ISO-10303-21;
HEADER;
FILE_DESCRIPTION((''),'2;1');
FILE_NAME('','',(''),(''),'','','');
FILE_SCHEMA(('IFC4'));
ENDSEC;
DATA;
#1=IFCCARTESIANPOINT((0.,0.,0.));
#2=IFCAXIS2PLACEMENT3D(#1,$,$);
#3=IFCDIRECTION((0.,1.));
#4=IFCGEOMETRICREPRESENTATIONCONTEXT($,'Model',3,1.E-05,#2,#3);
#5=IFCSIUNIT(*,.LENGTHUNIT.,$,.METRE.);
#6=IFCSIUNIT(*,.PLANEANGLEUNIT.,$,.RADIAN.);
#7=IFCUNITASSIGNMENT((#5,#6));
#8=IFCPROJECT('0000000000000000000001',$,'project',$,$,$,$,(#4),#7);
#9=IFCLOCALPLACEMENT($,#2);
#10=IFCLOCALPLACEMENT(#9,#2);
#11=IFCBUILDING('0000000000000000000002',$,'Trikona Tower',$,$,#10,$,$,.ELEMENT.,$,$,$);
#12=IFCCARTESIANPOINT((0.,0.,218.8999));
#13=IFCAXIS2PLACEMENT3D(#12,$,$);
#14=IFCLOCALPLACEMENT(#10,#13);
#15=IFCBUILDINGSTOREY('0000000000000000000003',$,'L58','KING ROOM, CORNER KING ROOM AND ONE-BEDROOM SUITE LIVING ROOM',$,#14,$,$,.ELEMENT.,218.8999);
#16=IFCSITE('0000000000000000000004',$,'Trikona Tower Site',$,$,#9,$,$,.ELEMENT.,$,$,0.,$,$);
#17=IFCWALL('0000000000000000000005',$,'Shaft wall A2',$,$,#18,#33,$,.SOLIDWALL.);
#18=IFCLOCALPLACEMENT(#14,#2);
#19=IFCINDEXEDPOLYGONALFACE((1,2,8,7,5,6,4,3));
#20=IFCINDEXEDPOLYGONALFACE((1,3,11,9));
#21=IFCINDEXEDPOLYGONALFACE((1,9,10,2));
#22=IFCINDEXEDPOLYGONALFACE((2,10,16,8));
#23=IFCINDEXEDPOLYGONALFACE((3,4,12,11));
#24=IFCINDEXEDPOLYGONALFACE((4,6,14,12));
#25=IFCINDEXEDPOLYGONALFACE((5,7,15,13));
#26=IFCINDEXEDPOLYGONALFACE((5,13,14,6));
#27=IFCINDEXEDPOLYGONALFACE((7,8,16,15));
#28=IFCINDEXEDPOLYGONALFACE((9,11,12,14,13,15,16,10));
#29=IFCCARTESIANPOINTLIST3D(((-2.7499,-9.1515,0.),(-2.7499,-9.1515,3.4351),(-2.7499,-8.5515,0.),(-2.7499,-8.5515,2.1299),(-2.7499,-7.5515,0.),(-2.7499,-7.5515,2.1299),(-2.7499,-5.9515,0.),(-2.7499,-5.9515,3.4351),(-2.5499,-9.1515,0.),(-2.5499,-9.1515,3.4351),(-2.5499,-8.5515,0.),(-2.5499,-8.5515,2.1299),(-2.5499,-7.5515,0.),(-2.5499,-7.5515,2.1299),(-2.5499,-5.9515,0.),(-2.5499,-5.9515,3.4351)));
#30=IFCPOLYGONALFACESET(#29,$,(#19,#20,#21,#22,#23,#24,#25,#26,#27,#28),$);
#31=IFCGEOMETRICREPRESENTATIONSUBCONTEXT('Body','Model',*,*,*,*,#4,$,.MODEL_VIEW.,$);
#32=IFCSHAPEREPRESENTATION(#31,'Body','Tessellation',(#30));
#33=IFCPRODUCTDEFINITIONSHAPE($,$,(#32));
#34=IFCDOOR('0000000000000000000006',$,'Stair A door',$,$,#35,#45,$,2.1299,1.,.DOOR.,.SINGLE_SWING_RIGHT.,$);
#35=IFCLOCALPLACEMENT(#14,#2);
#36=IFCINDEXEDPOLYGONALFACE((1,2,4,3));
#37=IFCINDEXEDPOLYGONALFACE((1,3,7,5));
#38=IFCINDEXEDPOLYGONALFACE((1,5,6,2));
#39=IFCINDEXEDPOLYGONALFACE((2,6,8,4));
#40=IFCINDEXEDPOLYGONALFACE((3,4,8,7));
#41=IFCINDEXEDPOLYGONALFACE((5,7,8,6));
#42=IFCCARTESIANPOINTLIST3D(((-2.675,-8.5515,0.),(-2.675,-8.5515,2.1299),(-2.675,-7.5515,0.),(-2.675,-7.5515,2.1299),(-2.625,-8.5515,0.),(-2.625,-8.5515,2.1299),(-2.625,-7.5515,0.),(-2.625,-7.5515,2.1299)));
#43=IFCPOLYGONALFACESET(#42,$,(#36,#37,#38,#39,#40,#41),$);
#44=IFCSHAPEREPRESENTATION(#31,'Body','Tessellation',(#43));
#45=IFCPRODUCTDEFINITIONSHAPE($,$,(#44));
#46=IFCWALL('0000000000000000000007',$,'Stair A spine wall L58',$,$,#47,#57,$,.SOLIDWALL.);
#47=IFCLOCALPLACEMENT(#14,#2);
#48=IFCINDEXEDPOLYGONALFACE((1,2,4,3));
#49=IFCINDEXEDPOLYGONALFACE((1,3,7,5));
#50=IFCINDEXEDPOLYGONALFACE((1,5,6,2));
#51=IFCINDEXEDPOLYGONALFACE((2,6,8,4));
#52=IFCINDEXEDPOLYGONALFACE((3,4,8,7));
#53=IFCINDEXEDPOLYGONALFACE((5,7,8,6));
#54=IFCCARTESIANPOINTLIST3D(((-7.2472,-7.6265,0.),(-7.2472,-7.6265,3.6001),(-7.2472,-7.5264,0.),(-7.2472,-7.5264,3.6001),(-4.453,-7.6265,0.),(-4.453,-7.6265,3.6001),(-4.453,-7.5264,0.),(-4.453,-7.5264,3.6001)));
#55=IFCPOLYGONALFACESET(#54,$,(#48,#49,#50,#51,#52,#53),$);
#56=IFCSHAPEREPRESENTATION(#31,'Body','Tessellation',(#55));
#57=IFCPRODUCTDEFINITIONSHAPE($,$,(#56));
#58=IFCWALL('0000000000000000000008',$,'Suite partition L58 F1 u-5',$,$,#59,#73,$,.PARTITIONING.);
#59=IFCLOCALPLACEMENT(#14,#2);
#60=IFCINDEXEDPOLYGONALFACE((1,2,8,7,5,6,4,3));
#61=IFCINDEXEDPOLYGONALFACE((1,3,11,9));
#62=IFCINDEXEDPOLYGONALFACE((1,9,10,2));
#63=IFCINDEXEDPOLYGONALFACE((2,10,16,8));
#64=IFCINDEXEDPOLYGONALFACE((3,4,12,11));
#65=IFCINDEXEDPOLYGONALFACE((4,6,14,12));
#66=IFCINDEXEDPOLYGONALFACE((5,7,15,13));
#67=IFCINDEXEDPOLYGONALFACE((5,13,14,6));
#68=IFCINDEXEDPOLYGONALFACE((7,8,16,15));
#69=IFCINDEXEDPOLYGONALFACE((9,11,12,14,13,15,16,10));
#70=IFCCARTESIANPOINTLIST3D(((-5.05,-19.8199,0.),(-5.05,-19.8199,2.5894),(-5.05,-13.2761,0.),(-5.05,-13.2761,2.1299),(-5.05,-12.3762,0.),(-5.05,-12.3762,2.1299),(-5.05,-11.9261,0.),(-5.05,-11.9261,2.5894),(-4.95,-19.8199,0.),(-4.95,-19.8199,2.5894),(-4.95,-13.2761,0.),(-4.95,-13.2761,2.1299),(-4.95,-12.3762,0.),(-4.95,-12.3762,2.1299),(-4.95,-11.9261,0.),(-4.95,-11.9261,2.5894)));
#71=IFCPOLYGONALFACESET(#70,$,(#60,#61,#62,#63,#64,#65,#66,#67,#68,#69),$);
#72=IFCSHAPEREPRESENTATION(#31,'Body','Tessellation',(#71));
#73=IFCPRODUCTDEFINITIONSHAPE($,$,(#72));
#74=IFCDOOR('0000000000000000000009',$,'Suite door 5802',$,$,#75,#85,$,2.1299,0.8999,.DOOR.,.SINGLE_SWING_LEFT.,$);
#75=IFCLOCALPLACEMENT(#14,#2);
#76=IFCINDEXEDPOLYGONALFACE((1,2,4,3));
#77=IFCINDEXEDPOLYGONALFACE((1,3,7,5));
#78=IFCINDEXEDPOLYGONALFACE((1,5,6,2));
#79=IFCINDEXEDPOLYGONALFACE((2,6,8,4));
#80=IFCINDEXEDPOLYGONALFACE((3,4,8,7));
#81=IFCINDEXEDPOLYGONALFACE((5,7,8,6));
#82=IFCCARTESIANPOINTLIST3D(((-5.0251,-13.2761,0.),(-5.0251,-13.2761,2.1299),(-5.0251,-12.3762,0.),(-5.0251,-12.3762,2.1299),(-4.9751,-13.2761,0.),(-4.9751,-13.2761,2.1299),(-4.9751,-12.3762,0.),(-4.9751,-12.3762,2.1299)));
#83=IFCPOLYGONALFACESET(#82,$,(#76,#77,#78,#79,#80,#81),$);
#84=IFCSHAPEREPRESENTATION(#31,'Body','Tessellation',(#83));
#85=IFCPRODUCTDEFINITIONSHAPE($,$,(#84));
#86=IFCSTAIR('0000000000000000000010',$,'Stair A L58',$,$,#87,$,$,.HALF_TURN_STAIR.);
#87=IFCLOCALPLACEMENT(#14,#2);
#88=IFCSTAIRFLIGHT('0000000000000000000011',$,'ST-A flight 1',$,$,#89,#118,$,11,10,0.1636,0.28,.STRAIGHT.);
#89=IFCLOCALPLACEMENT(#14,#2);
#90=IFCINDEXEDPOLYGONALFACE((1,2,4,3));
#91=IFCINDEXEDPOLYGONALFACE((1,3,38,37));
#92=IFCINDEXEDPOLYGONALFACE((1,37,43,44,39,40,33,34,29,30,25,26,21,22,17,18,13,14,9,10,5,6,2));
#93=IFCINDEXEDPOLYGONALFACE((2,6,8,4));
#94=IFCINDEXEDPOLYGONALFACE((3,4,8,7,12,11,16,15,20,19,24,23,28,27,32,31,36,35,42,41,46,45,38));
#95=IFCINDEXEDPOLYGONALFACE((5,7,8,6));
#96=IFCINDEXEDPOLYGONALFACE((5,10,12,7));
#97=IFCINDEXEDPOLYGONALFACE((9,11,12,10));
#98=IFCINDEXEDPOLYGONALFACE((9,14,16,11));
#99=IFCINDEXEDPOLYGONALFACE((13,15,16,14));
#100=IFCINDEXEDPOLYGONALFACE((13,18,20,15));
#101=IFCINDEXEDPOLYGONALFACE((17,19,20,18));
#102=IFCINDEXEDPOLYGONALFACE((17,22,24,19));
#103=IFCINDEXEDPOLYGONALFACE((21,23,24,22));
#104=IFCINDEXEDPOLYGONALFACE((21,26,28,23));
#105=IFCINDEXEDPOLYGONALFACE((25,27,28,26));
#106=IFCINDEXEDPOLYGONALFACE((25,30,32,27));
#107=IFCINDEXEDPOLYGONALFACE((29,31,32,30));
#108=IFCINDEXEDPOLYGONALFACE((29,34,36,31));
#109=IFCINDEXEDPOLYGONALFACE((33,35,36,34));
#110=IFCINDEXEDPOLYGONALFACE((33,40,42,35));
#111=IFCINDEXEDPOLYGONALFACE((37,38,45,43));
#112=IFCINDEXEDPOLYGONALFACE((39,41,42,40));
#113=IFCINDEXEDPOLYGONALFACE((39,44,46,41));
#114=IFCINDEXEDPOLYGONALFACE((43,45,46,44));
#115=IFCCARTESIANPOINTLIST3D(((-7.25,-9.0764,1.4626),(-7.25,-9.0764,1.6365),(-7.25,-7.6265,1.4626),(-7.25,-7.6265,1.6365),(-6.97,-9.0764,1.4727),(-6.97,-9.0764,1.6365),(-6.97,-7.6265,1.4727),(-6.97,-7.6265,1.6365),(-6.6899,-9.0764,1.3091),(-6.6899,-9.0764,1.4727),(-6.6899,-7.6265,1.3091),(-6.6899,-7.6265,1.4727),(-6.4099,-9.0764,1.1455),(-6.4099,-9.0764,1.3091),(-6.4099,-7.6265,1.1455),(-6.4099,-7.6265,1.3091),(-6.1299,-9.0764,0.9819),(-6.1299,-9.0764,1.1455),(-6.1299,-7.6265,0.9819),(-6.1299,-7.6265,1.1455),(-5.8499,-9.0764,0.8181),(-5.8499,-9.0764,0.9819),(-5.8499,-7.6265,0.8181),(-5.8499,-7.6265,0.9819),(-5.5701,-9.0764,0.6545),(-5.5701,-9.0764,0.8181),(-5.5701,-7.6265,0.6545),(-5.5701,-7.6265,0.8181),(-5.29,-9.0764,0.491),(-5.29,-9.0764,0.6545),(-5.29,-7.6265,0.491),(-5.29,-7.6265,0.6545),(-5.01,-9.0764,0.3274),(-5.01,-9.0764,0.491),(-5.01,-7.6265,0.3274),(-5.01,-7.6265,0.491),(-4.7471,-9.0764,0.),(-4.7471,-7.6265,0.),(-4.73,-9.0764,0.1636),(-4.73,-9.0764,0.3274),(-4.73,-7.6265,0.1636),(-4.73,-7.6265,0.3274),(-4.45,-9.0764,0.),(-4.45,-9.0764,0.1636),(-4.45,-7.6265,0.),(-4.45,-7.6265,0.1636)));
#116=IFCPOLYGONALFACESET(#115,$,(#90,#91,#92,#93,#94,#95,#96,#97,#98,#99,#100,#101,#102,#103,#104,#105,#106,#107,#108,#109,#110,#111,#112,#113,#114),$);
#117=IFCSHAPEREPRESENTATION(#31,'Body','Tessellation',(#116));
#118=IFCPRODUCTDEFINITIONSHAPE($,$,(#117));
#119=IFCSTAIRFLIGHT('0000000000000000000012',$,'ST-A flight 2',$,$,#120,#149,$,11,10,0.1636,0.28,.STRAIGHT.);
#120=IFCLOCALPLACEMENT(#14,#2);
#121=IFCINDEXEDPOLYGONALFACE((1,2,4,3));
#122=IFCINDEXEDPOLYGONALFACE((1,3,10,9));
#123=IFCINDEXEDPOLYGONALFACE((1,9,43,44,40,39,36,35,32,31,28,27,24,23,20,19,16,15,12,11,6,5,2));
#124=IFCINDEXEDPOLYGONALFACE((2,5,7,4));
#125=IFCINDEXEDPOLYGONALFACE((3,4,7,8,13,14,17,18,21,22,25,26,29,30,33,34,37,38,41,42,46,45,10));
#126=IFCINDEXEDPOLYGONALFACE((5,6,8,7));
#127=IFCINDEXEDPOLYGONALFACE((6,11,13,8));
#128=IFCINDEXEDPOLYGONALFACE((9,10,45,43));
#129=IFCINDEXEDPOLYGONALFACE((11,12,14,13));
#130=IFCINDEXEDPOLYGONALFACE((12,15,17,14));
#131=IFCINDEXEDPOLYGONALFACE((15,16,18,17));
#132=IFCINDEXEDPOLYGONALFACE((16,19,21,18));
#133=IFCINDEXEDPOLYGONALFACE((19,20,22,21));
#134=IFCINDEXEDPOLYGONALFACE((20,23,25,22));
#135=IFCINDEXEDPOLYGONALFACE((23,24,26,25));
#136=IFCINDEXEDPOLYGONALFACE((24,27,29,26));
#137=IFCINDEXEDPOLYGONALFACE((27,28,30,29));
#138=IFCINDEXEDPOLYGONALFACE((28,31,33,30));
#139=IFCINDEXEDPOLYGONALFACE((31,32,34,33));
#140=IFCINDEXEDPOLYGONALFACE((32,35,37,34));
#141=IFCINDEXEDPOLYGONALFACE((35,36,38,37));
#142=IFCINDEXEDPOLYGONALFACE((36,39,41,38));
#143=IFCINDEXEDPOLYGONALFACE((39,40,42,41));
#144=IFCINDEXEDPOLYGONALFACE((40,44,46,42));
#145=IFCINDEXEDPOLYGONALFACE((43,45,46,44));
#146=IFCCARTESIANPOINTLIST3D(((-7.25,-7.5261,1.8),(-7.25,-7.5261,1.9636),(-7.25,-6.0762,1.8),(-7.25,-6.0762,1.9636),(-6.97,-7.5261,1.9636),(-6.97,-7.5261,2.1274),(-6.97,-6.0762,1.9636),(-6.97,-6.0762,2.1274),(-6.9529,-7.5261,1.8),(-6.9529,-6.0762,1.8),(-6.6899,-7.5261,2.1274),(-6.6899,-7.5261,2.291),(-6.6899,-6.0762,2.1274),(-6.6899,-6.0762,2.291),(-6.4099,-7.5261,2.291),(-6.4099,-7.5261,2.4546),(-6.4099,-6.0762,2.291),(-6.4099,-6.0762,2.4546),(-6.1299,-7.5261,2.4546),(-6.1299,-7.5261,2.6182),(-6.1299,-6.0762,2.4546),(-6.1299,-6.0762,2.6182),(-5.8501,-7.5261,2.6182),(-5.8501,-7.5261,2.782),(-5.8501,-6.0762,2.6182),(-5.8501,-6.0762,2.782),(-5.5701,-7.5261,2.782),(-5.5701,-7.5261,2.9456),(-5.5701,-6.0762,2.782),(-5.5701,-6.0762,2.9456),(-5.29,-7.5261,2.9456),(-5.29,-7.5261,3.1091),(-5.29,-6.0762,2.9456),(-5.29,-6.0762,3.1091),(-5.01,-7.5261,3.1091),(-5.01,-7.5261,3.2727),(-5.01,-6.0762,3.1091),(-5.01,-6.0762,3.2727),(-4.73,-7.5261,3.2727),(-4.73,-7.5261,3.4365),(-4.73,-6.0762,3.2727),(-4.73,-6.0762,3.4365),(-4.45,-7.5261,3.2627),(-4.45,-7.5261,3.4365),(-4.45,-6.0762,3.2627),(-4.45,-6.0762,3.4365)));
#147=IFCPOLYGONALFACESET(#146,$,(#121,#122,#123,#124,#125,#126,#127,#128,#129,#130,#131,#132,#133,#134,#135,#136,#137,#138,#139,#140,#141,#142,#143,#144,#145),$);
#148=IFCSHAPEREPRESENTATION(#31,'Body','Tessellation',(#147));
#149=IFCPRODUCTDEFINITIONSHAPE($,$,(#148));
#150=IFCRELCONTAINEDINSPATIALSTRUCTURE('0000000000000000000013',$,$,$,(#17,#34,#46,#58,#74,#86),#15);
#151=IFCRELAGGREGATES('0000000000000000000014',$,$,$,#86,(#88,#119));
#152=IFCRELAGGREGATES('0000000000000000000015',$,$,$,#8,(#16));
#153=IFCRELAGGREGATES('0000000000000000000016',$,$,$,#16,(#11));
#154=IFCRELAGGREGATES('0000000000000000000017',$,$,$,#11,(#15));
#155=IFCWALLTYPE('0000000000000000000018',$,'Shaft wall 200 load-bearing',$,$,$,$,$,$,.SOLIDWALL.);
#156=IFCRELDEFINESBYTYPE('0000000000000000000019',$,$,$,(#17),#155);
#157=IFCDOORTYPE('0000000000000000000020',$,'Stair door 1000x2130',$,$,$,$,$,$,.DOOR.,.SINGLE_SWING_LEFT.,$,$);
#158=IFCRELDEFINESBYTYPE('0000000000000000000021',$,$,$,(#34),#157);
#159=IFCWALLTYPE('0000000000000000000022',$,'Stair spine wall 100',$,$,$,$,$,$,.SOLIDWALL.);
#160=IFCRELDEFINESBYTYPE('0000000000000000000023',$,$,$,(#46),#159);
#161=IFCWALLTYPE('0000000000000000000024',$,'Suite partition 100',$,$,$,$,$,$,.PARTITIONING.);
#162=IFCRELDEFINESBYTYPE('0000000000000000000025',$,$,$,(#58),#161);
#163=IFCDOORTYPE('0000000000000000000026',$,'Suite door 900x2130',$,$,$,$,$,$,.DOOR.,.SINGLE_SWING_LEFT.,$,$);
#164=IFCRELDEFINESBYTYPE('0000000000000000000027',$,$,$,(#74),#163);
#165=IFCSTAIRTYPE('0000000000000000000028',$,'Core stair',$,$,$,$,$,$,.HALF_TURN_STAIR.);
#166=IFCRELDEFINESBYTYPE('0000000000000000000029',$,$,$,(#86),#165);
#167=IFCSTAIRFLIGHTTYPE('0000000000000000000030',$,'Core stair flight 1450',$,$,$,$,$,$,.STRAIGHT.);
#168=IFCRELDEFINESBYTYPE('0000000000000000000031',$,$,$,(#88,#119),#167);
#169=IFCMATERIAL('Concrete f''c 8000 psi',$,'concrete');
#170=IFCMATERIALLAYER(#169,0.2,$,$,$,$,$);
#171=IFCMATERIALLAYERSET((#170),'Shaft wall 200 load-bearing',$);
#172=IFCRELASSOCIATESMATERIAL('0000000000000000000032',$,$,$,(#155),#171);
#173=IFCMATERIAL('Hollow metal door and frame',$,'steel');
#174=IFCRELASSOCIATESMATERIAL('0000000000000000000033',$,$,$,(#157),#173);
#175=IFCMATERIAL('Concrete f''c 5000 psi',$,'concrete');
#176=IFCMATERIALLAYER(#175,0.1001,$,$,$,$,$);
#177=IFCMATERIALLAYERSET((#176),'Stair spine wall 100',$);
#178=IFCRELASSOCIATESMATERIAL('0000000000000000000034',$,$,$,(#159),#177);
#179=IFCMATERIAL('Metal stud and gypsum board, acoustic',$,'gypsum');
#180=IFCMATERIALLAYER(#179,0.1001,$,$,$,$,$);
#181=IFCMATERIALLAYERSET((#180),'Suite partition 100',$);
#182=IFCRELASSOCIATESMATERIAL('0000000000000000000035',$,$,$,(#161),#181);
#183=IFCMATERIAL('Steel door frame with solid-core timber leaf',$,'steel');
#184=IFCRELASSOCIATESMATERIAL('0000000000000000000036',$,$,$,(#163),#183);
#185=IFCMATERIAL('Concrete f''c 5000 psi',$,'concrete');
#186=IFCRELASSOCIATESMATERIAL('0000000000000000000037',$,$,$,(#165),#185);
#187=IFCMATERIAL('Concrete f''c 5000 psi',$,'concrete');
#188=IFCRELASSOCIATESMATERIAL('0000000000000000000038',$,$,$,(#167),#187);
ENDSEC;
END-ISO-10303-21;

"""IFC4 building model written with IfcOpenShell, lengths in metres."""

from ifc_helpers import new_model, si_unit, direction, frame, frame_2d, origin, place, context, subcontext, project, spatial, polyline, rectangle, outline, extrude, material, layer, layer_set, type_object, element, fill, aggregate, save


model = new_model("IFC4")

# Units and contexts
model_context = context("Model", 3, precision=1e-05, world=origin(), true_north=direction((0.0, 1.0)))
body_context = subcontext(model_context, "Body", "Model", "MODEL_VIEW")
ifc_project = project(units=[si_unit("LENGTHUNIT", "METRE"), si_unit("PLANEANGLEUNIT", "RADIAN")], contexts=[model_context])

# Site, building, storey
site_placement = place(None, origin())
site = spatial("IfcSite", under=ifc_project, at=site_placement, Name="Trikona Tower Site", CompositionType="ELEMENT", RefElevation=0.0)
building_placement = place(site_placement, origin())
building = spatial("IfcBuilding", under=site, at=building_placement, Name="Trikona Tower", CompositionType="ELEMENT")
storey_placement = place(building_placement, frame((0.0, 0.0, 218.8999)))
storey = spatial("IfcBuildingStorey", under=building, at=storey_placement, Name="L58", Description="KING ROOM, CORNER KING ROOM AND ONE-BEDROOM SUITE LIVING ROOM", CompositionType="ELEMENT", Elevation=218.8999)

# Shared definitions
ifc_material_1 = material(Name="Concrete f'c 8000 psi", Category="concrete")
ifc_layer_1 = layer(ifc_material_1, 0.2)
ifc_layer_set_1 = layer_set([ifc_layer_1], Name="Shaft wall 200 load-bearing")
wall_type_1 = type_object("IfcWallType", Name="Shaft wall 200 load-bearing", PredefinedType="SOLIDWALL", material=ifc_layer_set_1)

# Wall, opening, door
wall_1_placement = place(storey_placement, frame((-2.6499, -5.9514, 0.0), z_axis=(0.0, 0.0, 1.0), x_axis=(0.0, -1.0, 0.0)))
wall_1 = element("IfcWall", 1, at=wall_1_placement, inside=storey, type_object=wall_type_1, Name="Shaft wall A2", PredefinedType="SOLIDWALL", context=body_context, shape_type="SweptSolid", body=[
    extrude(rectangle(XDim=3.2, YDim=0.2, at=frame_2d((1.6001, 0.0))), origin(), (0.0, 0.0, 1.0), 3.4351),
])
opening_1_placement = place(wall_1_placement, frame((1.6001, 0.0, 0.0)))
opening_1 = element("IfcOpeningElement", 2, at=opening_1_placement, cuts=wall_1, PredefinedType="OPENING", context=body_context, shape_type="SweptSolid", body=[
    extrude(rectangle(XDim=1.0, YDim=2.1299, at=frame_2d((0.5, 1.0649))), frame((0.0, 0.1099, 0.0), z_axis=(0.0, -1.0, 0.0), x_axis=(1.0, 0.0, 0.0)), (0.0, 0.0, 1.0), 0.22),
])
ifc_material_2 = material(Name="Hollow metal door and frame", Category="steel")
door_type_1 = type_object("IfcDoorType", Name="Stair door 1000x2130", OperationType="SINGLE_SWING_LEFT", PredefinedType="DOOR", material=ifc_material_2)
door_1_placement = place(opening_1_placement, origin())
door_1 = element("IfcDoor", 3, at=door_1_placement, inside=storey, type_object=door_type_1, Name="Stair A door", OperationType="SINGLE_SWING_RIGHT", OverallHeight=2.1299, OverallWidth=1.0, PredefinedType="DOOR", context=body_context, shape_type="SweptSolid", body=[
    extrude(rectangle(XDim=1.0, YDim=2.1299, at=frame_2d((0.5, 1.0649))), frame((0.0, 0.0249, 0.0), z_axis=(0.0, -1.0, 0.0), x_axis=(1.0, 0.0, 0.0)), (0.0, 0.0, 1.0), 0.05),
])
fill(opening_1, door_1)

# Wall
ifc_material_3 = material(Name="Concrete f'c 5000 psi", Category="concrete")
ifc_layer_2 = layer(ifc_material_3, 0.1001)
ifc_layer_set_2 = layer_set([ifc_layer_2], Name="Stair spine wall 100")
wall_type_2 = type_object("IfcWallType", Name="Stair spine wall 100", PredefinedType="SOLIDWALL", material=ifc_layer_set_2)
wall_2_placement = place(storey_placement, frame((-7.2471, -7.5764, 0.0), z_axis=(0.0, 0.0, 1.0), x_axis=(1.0, 0.0, 0.0)))
element("IfcWall", 4, at=wall_2_placement, inside=storey, type_object=wall_type_2, Name="Stair A spine wall L58", PredefinedType="SOLIDWALL", context=body_context, shape_type="SweptSolid", body=[
    extrude(rectangle(XDim=2.7942, YDim=0.1001, at=frame_2d((1.397, 0.0))), origin(), (0.0, 0.0, 1.0), 3.6001),
])

# Wall, opening, door
ifc_material_4 = material(Name="Metal stud and gypsum board, acoustic", Category="gypsum")
ifc_layer_3 = layer(ifc_material_4, 0.1001)
ifc_layer_set_3 = layer_set([ifc_layer_3], Name="Suite partition 100")
wall_type_3 = type_object("IfcWallType", Name="Suite partition 100", PredefinedType="PARTITIONING", material=ifc_layer_set_3)
wall_3_placement = place(storey_placement, frame((-5.0, -11.9263, 0.0), z_axis=(0.0, 0.0, 1.0), x_axis=(0.0, -1.0, 0.0)))
wall_3 = element("IfcWall", 5, at=wall_3_placement, inside=storey, type_object=wall_type_3, Name="Suite partition L58 F1 u-5", PredefinedType="PARTITIONING", context=body_context, shape_type="SweptSolid", body=[
    extrude(rectangle(XDim=7.8938, YDim=0.1001, at=frame_2d((3.9468, 0.0))), origin(), (0.0, 0.0, 1.0), 2.5894),
])
opening_2_placement = place(wall_3_placement, frame((0.45, 0.0, 0.0)))
opening_2 = element("IfcOpeningElement", 6, at=opening_2_placement, cuts=wall_3, PredefinedType="OPENING", context=body_context, shape_type="SweptSolid", body=[
    extrude(rectangle(XDim=0.8999, YDim=2.1299, at=frame_2d((0.45, 1.0649))), frame((0.0, 0.0601, 0.0), z_axis=(0.0, -1.0, 0.0), x_axis=(1.0, 0.0, 0.0)), (0.0, 0.0, 1.0), 0.1201),
])
ifc_material_5 = material(Name="Steel door frame with solid-core timber leaf", Category="steel")
door_type_2 = type_object("IfcDoorType", Name="Suite door 900x2130", OperationType="SINGLE_SWING_LEFT", PredefinedType="DOOR", material=ifc_material_5)
door_2_placement = place(opening_2_placement, origin())
door_2 = element("IfcDoor", 7, at=door_2_placement, inside=storey, type_object=door_type_2, Name="Suite door 5802", OperationType="SINGLE_SWING_LEFT", OverallHeight=2.1299, OverallWidth=0.8999, PredefinedType="DOOR", context=body_context, shape_type="SweptSolid", body=[
    extrude(rectangle(XDim=0.8999, YDim=2.1299, at=frame_2d((0.45, 1.0649))), frame((0.0, 0.0249, 0.0), z_axis=(0.0, -1.0, 0.0), x_axis=(1.0, 0.0, 0.0)), (0.0, 0.0, 1.0), 0.05),
])
fill(opening_2, door_2)

# Stair, stair flights
ifc_material_6 = material(Name="Concrete f'c 5000 psi", Category="concrete")
stair_type = type_object("IfcStairType", Name="Core stair", PredefinedType="HALF_TURN_STAIR", material=ifc_material_6)
stair_placement = place(storey_placement, origin())
stair = element("IfcStair", 8, at=stair_placement, inside=storey, type_object=stair_type, Name="Stair A L58", PredefinedType="HALF_TURN_STAIR")
ifc_material_7 = material(Name="Concrete f'c 5000 psi", Category="concrete")
stair_flight_type = type_object("IfcStairFlightType", Name="Core stair flight 1450", PredefinedType="STRAIGHT", material=ifc_material_7)
stair_flight_1_placement = place(storey_placement, frame((-4.45, -8.3513, 0.0), z_axis=(0.0, 0.0, 1.0), x_axis=(-1.0, 0.0, 0.0)))
stair_flight_1 = element("IfcStairFlight", 9, at=stair_flight_1_placement, type_object=stair_flight_type, Name="ST-A flight 1", NumberOfRisers=11, NumberOfTreads=10, PredefinedType="STRAIGHT", RiserHeight=0.1636, TreadLength=0.28, context=body_context, shape_type="SweptSolid", body=[
    extrude(outline(polyline([(0.0, 0.0), (0.0, 0.1636), (0.28, 0.1636), (0.28, 0.3274), (0.5601, 0.3274), (0.5601, 0.491), (0.8401, 0.491), (0.8401, 0.6545), (1.1201, 0.6545), (1.1201, 0.8181), (1.3999, 0.8181), (1.3999, 0.9819), (1.6799, 0.9819), (1.6799, 1.1455), (1.96, 1.1455), (1.96, 1.3091), (2.24, 1.3091), (2.24, 1.4727), (2.52, 1.4727), (2.52, 1.6365), (2.8, 1.6365), (2.8, 1.8), (2.8, 1.4626), (0.2971, 0.0), (0.0, 0.0)])), frame((0.0, 0.7251, 0.0), z_axis=(0.0, -1.0, 0.0), x_axis=(1.0, 0.0, 0.0)), (0.0, 0.0, 1.0), 1.45),
])
stair_flight_2_placement = place(storey_placement, frame((-7.25, -6.8013, 1.8), z_axis=(0.0, 0.0, 1.0), x_axis=(1.0, 0.0, 0.0)))
stair_flight_2 = element("IfcStairFlight", 10, at=stair_flight_2_placement, type_object=stair_flight_type, Name="ST-A flight 2", NumberOfRisers=11, NumberOfTreads=10, PredefinedType="STRAIGHT", RiserHeight=0.1636, TreadLength=0.28, context=body_context, shape_type="SweptSolid", body=[
    extrude(outline(polyline([(0.0, 0.0), (0.0, 0.1636), (0.28, 0.1636), (0.28, 0.3274), (0.5601, 0.3274), (0.5601, 0.491), (0.8401, 0.491), (0.8401, 0.6545), (1.1201, 0.6545), (1.1201, 0.8181), (1.3999, 0.8181), (1.3999, 0.9819), (1.6799, 0.9819), (1.6799, 1.1455), (1.96, 1.1455), (1.96, 1.3091), (2.24, 1.3091), (2.24, 1.4727), (2.52, 1.4727), (2.52, 1.6365), (2.8, 1.6365), (2.8, 1.8), (2.8, 1.4626), (0.2971, 0.0), (0.0, 0.0)])), frame((0.0, 0.7251, 0.0), z_axis=(0.0, -1.0, 0.0), x_axis=(1.0, 0.0, 0.0)), (0.0, 0.0, 1.0), 1.45),
])
aggregate(stair, [stair_flight_1, stair_flight_2])

save(model, "model.ifc")
